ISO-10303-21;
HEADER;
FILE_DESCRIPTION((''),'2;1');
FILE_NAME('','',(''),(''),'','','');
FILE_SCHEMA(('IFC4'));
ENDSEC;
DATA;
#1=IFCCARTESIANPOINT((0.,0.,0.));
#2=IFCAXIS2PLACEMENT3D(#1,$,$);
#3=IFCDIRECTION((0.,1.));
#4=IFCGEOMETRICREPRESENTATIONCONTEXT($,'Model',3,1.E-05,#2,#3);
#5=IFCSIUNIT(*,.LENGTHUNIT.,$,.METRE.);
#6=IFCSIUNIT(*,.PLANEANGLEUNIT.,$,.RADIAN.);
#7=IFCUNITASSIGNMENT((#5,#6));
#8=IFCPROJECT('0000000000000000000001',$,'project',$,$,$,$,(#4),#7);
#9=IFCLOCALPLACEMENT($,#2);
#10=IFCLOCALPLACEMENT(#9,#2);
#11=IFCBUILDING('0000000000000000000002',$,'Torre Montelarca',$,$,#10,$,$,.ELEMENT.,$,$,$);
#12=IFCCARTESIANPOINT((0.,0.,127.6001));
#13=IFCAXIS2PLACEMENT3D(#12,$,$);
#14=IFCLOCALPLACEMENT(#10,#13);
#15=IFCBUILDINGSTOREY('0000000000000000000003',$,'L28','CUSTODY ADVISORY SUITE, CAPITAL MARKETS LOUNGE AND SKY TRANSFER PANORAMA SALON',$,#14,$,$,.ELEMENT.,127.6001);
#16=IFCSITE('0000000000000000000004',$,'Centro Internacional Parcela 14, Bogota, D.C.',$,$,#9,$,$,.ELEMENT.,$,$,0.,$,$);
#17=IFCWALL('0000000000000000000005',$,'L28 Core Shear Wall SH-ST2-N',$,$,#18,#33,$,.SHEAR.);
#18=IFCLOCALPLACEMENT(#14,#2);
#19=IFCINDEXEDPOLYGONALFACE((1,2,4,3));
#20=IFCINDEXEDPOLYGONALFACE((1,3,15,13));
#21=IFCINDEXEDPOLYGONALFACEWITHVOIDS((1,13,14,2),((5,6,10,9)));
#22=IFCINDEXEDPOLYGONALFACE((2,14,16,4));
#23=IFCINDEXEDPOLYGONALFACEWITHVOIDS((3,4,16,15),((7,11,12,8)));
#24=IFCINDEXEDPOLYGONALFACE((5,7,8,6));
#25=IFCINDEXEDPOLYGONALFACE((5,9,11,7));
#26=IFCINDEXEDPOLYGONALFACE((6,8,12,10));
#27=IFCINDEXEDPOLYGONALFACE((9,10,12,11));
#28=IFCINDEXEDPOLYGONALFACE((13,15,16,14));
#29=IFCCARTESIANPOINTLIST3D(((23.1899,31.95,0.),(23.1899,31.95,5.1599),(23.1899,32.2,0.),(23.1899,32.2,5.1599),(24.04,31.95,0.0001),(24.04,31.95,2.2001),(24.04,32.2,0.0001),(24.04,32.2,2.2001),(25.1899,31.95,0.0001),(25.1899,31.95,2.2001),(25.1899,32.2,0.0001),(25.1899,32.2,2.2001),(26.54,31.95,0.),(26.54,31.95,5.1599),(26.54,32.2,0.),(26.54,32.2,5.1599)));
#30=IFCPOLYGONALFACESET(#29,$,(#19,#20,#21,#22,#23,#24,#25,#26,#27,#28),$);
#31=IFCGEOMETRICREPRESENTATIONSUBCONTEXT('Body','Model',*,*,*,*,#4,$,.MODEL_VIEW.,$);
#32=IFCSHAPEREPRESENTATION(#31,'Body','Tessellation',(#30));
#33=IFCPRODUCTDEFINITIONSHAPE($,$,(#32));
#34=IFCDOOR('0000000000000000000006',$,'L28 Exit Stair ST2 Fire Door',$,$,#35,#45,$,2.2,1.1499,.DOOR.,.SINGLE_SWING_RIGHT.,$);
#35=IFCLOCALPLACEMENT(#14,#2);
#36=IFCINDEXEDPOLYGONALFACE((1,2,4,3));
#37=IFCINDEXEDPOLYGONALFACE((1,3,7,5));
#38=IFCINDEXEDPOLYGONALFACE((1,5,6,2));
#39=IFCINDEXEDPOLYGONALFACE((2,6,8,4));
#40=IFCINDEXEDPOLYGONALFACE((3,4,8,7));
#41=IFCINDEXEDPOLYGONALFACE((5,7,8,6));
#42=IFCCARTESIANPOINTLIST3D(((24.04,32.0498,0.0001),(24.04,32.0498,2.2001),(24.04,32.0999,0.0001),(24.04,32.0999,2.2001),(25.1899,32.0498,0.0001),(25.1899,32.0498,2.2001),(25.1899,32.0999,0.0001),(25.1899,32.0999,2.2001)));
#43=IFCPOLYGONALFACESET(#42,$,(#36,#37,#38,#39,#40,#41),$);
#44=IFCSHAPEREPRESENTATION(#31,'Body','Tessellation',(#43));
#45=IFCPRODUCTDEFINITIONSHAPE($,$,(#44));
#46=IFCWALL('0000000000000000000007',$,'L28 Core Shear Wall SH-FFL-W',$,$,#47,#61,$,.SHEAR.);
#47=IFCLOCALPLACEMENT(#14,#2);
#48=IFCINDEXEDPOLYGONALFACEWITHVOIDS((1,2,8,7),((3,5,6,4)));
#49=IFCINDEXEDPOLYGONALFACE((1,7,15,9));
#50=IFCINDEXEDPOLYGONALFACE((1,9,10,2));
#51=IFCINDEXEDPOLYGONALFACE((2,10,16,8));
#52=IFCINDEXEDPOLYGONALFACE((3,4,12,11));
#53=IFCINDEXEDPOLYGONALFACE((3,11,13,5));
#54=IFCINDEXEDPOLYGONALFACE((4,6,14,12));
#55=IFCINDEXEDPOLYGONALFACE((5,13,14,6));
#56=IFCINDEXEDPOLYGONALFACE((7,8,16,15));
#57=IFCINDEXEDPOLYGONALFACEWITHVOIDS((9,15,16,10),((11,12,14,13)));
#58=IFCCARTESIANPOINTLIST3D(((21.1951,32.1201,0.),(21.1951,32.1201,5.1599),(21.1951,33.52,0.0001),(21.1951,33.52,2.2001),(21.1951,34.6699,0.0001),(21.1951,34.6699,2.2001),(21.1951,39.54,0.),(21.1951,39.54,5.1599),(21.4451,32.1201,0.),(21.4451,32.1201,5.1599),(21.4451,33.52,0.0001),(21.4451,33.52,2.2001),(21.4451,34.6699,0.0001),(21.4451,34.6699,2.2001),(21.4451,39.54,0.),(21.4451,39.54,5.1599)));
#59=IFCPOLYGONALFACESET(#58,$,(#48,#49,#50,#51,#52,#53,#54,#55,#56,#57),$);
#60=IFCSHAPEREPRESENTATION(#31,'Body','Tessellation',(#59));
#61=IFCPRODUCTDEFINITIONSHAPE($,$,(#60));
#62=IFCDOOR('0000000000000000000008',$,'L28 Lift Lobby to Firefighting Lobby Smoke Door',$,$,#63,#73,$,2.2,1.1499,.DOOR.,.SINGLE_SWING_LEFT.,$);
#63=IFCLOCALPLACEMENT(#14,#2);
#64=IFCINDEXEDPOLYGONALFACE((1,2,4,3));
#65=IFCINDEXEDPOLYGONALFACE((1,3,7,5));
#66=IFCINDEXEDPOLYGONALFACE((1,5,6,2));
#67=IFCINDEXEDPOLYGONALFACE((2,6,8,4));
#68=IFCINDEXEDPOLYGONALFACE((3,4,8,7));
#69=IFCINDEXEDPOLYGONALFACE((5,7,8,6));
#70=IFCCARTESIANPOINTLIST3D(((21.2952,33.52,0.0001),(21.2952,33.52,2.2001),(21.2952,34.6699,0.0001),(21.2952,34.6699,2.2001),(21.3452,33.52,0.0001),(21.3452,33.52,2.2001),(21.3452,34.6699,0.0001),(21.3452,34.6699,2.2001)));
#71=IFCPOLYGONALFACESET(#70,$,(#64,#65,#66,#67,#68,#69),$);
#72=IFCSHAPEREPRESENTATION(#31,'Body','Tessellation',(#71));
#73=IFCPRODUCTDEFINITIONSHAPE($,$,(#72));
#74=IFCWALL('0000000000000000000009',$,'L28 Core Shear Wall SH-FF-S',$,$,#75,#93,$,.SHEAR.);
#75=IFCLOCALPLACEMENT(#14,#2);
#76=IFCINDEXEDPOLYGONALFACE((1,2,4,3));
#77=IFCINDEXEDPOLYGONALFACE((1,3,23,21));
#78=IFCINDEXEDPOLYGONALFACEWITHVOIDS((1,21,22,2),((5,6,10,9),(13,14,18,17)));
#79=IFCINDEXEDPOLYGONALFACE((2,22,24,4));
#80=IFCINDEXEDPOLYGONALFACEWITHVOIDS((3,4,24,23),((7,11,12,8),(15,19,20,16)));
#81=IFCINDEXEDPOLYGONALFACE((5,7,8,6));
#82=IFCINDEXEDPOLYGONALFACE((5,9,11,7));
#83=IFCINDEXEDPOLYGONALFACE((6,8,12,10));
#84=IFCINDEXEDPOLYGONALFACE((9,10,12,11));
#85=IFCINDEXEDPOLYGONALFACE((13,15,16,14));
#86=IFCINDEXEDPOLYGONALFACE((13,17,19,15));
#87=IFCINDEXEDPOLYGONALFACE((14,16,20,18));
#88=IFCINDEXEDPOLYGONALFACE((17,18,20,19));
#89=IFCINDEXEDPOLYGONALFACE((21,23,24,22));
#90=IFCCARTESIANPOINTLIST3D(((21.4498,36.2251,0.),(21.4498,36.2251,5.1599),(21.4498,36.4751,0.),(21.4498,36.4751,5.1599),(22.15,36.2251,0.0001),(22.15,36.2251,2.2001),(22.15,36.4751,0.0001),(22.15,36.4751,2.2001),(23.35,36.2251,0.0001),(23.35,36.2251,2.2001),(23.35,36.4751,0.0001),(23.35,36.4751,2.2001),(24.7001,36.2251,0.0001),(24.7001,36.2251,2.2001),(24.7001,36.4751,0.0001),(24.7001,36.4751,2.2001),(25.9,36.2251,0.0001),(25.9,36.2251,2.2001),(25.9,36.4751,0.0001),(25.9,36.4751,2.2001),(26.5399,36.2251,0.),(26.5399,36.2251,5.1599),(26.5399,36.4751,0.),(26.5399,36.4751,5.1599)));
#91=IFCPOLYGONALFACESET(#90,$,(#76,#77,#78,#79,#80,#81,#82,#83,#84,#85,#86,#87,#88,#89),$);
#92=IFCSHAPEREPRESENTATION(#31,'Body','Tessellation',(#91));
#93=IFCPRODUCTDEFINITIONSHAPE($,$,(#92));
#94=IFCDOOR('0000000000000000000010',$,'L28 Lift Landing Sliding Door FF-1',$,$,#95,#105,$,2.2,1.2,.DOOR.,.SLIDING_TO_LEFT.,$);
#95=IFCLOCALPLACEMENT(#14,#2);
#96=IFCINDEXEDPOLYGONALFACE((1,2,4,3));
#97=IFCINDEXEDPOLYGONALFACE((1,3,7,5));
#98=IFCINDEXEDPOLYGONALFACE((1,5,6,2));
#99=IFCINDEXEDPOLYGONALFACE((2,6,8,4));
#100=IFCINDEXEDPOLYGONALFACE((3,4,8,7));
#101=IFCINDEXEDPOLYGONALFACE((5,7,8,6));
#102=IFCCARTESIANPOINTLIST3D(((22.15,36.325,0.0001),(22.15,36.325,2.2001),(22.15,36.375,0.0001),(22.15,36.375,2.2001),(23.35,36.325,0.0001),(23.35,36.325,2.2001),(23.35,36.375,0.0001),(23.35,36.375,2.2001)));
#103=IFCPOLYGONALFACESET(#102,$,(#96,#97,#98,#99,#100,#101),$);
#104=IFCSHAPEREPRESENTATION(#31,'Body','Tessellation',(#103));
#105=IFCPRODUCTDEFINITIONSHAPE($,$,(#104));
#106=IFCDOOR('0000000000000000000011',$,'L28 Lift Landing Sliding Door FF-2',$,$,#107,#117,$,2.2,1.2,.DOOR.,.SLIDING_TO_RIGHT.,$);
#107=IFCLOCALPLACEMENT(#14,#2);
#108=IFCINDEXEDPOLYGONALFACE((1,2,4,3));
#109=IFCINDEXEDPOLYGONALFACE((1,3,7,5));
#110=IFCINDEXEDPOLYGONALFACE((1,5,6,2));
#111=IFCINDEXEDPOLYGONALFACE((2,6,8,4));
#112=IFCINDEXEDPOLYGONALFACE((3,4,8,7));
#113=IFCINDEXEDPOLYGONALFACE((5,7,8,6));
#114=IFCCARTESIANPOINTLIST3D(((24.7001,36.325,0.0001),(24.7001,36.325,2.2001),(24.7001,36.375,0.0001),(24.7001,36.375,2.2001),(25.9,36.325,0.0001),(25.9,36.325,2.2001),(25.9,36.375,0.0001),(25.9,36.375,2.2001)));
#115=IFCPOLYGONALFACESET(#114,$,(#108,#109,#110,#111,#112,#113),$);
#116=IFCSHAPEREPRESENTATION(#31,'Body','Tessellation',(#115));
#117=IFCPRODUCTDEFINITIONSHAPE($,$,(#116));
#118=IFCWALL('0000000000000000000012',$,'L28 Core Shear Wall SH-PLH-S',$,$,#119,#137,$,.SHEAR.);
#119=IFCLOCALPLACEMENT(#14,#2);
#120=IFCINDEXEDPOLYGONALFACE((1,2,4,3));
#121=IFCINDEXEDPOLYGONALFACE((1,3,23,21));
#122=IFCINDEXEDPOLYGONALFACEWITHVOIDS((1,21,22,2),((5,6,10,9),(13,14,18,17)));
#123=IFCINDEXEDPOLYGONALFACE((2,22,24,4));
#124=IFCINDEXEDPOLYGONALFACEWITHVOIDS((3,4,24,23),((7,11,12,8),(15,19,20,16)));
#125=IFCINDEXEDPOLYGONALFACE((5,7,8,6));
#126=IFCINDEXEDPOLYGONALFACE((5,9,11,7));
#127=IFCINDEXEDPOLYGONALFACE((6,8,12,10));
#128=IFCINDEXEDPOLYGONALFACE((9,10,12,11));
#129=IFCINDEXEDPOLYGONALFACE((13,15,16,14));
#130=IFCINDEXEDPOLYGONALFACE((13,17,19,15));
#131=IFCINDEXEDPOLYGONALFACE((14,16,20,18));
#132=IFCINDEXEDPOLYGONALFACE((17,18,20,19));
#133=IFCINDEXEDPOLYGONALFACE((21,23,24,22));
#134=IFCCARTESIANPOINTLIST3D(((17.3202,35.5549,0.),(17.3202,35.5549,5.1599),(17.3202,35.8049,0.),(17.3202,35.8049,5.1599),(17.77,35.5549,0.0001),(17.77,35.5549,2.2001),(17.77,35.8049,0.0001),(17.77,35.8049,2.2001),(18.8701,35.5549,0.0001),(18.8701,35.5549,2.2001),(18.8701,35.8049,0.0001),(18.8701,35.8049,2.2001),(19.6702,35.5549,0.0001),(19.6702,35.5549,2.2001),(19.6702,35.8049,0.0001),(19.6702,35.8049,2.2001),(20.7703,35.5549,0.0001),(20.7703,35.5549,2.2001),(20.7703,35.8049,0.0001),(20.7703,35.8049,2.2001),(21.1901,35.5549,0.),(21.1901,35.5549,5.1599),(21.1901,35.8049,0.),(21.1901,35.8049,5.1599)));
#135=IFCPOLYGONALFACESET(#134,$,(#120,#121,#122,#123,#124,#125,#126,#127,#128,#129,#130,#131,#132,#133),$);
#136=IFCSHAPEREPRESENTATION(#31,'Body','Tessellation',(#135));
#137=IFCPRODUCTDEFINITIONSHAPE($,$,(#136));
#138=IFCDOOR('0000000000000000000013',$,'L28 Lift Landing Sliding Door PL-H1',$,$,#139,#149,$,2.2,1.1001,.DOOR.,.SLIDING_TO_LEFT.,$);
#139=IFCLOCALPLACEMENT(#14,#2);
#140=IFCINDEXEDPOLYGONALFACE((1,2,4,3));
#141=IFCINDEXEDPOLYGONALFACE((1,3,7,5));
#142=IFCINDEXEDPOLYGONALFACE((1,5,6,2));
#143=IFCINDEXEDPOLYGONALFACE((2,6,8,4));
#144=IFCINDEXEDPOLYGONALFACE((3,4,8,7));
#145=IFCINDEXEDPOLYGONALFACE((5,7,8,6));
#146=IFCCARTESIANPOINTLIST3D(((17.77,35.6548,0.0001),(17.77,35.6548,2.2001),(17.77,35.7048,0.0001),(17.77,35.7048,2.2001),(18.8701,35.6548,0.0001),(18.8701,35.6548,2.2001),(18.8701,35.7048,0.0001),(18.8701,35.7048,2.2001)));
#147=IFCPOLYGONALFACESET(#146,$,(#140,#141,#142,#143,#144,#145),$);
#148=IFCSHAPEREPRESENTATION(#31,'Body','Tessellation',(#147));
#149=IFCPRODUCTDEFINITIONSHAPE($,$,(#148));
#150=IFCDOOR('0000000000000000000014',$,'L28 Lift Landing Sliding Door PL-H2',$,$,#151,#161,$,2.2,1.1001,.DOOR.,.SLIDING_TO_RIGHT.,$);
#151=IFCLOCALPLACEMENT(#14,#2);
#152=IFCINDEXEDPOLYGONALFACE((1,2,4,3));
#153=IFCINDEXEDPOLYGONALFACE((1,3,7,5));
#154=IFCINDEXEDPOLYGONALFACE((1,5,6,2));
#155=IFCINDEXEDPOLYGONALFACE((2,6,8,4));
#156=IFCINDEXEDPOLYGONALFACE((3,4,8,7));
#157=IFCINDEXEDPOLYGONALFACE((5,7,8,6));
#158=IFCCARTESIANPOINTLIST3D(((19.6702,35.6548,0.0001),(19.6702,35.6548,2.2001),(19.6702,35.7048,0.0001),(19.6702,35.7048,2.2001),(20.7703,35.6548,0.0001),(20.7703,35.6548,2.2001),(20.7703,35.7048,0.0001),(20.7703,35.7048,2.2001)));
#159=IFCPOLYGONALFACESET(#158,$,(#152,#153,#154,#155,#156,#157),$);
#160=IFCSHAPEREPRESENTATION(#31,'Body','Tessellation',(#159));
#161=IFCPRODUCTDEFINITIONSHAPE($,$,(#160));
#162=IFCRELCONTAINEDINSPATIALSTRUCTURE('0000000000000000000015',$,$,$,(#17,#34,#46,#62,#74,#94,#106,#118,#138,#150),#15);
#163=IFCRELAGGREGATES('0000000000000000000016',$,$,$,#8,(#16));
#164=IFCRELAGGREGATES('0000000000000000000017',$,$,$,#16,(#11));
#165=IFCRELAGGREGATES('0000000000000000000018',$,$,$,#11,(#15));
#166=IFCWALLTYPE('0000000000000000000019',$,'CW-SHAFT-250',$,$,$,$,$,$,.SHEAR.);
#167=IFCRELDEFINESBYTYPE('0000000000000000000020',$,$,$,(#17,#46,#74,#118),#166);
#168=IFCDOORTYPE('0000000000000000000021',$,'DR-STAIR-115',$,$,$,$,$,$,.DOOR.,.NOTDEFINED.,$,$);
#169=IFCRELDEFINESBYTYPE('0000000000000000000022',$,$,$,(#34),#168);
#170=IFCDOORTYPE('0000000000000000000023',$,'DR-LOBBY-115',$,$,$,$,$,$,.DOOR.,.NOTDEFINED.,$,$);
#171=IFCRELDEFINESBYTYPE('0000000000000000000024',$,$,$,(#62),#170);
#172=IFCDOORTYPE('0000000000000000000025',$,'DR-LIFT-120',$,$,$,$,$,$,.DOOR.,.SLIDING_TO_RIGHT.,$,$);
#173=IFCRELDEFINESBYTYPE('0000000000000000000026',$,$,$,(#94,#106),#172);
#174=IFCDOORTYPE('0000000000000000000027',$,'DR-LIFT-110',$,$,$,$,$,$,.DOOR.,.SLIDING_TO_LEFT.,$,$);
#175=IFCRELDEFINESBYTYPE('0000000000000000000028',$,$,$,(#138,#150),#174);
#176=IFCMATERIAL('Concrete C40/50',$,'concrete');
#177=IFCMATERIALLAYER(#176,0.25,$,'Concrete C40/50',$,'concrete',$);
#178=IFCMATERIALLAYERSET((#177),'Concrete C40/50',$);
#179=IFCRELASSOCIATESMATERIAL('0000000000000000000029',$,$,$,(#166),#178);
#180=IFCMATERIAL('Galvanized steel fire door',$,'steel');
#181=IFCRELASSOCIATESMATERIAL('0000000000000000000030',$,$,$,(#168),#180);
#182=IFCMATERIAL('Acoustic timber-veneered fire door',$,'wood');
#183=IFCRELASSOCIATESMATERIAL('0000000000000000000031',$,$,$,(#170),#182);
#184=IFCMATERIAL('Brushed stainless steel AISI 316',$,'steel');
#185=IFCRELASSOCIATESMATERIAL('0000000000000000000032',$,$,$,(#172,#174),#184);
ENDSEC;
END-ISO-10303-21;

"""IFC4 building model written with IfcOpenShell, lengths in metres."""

from ifc_helpers import new_model, si_unit, direction, frame, frame_2d, origin, place, context, subcontext, project, spatial, rectangle, extrude, source, transform, mapped, material, layer, layer_set, type_object, element, fill, save


model = new_model("IFC4")

# Units and contexts
model_context = context("Model", 3, precision=1e-05, world=origin(), true_north=direction((0.0, 1.0)))
body_context = subcontext(model_context, "Body", "Model", "MODEL_VIEW")
ifc_project = project(units=[si_unit("LENGTHUNIT", "METRE"), si_unit("PLANEANGLEUNIT", "RADIAN")], contexts=[model_context])

# Site, building, storey
site_placement = place(None, origin())
site = spatial("IfcSite", under=ifc_project, at=site_placement, Name="Centro Internacional Parcela 14, Bogota, D.C.", CompositionType="ELEMENT", RefElevation=0.0)
building_placement = place(site_placement, origin())
building = spatial("IfcBuilding", under=site, at=building_placement, Name="Torre Montelarca", CompositionType="ELEMENT")
storey_placement = place(building_placement, frame((0.0, 0.0, 127.6001)))
storey = spatial("IfcBuildingStorey", under=building, at=storey_placement, Name="L28", Description="CUSTODY ADVISORY SUITE, CAPITAL MARKETS LOUNGE AND SKY TRANSFER PANORAMA SALON", CompositionType="ELEMENT", Elevation=127.6001)

# Walls, openings, doors
ifc_material_1 = material(Name="Concrete C40/50", Category="concrete")
ifc_layer_1 = layer(ifc_material_1, 0.25, Name="Concrete C40/50", Category="concrete")
ifc_layer_set_1 = layer_set([ifc_layer_1], Name="Concrete C40/50")
wall_type_1 = type_object("IfcWallType", Name="CW-SHAFT-250", PredefinedType="SHEAR", material=ifc_layer_set_1)
wall_1_placement = place(storey_placement, frame((23.1899, 32.075, 0.0), z_axis=(0.0, 0.0, 1.0), x_axis=(1.0, 0.0, 0.0)))
wall_1 = element("IfcWall", 1, at=wall_1_placement, inside=storey, type_object=wall_type_1, Name="L28 Core Shear Wall SH-ST2-N", PredefinedType="SHEAR", context=body_context, shape_type="SweptSolid", body=[
    extrude(rectangle(XDim=3.3501, YDim=0.25, at=frame_2d((1.675, 0.0))), origin(), (0.0, 0.0, 1.0), 5.1599),
])
opening_1_placement = place(wall_1_placement, frame((0.8501, 0.0, 0.0)))
opening_1 = element("IfcOpeningElement", 2, at=opening_1_placement, cuts=wall_1, PredefinedType="OPENING", context=body_context, shape_type="SweptSolid", body=[
    extrude(rectangle(XDim=1.1499, YDim=2.2, at=frame_2d((0.575, 1.1001))), frame((0.0, 0.135, 0.0), z_axis=(0.0, -1.0, 0.0), x_axis=(1.0, 0.0, 0.0)), (0.0, 0.0, 1.0), 0.27),
])
ifc_material_2 = material(Name="Galvanized steel fire door", Category="steel")
door_type_1 = type_object("IfcDoorType", Name="DR-STAIR-115", OperationType="NOTDEFINED", PredefinedType="DOOR", material=ifc_material_2)
shared_shape_1 = source(origin(), body_context, "Body", "SweptSolid", [
    extrude(rectangle(XDim=1.1499, YDim=2.2, at=frame_2d((0.575, 1.1001))), frame((0.0, 0.0249, 0.0), z_axis=(0.0, -1.0, 0.0), x_axis=(1.0, 0.0, 0.0)), (0.0, 0.0, 1.0), 0.05),
])
door_1_placement = place(opening_1_placement, origin())
door_1 = element("IfcDoor", 3, at=door_1_placement, inside=storey, type_object=door_type_1, Name="L28 Exit Stair ST2 Fire Door", OperationType="SINGLE_SWING_RIGHT", OverallHeight=2.2, OverallWidth=1.1499, PredefinedType="DOOR", context=body_context, shape_type="MappedRepresentation", body=[
    mapped(shared_shape_1, transform((0.0, 0.0, 0.0), scale=1.0)),
])
fill(opening_1, door_1)
wall_2_placement = place(storey_placement, frame((21.3201, 32.1201, 0.0), z_axis=(0.0, 0.0, 1.0), x_axis=(0.0, 1.0, 0.0)))
wall_2 = element("IfcWall", 4, at=wall_2_placement, inside=storey, type_object=wall_type_1, Name="L28 Core Shear Wall SH-FFL-W", PredefinedType="SHEAR", context=body_context, shape_type="SweptSolid", body=[
    extrude(rectangle(XDim=7.4199, YDim=0.25, at=frame_2d((3.71, 0.0))), origin(), (0.0, 0.0, 1.0), 5.1599),
])
opening_2_placement = place(wall_2_placement, frame((1.3999, 0.0, 0.0)))
opening_2 = element("IfcOpeningElement", 5, at=opening_2_placement, cuts=wall_2, PredefinedType="OPENING", context=body_context, shape_type="SweptSolid", body=[
    extrude(rectangle(XDim=1.1499, YDim=2.2, at=frame_2d((0.575, 1.1001))), frame((0.0, 0.135, 0.0), z_axis=(0.0, -1.0, 0.0), x_axis=(1.0, 0.0, 0.0)), (0.0, 0.0, 1.0), 0.27),
])
ifc_material_3 = material(Name="Acoustic timber-veneered fire door", Category="wood")
door_type_2 = type_object("IfcDoorType", Name="DR-LOBBY-115", OperationType="NOTDEFINED", PredefinedType="DOOR", material=ifc_material_3)
shared_shape_2 = source(origin(), body_context, "Body", "SweptSolid", [
    extrude(rectangle(XDim=1.1499, YDim=2.2, at=frame_2d((0.575, 1.1001))), frame((0.0, 0.0249, 0.0), z_axis=(0.0, -1.0, 0.0), x_axis=(1.0, 0.0, 0.0)), (0.0, 0.0, 1.0), 0.05),
])
door_2_placement = place(opening_2_placement, origin())
door_2 = element("IfcDoor", 6, at=door_2_placement, inside=storey, type_object=door_type_2, Name="L28 Lift Lobby to Firefighting Lobby Smoke Door", OperationType="SINGLE_SWING_LEFT", OverallHeight=2.2, OverallWidth=1.1499, PredefinedType="DOOR", context=body_context, shape_type="MappedRepresentation", body=[
    mapped(shared_shape_2, transform((0.0, 0.0, 0.0), scale=1.0)),
])
fill(opening_2, door_2)

# Walls, openings, doors
wall_3_placement = place(storey_placement, frame((21.45, 36.3501, 0.0), z_axis=(0.0, 0.0, 1.0), x_axis=(1.0, 0.0, 0.0)))
wall_3 = element("IfcWall", 7, at=wall_3_placement, inside=storey, type_object=wall_type_1, Name="L28 Core Shear Wall SH-FF-S", PredefinedType="SHEAR", context=body_context, shape_type="SweptSolid", body=[
    extrude(rectangle(XDim=5.0901, YDim=0.25, at=frame_2d((2.5449, 0.0))), origin(), (0.0, 0.0, 1.0), 5.1599),
])
opening_3_placement = place(wall_3_placement, frame((0.7, 0.0, 0.0)))
opening_3 = element("IfcOpeningElement", 8, at=opening_3_placement, cuts=wall_3, PredefinedType="OPENING", context=body_context, shape_type="SweptSolid", body=[
    extrude(rectangle(XDim=1.2, YDim=2.2, at=frame_2d((0.6001, 1.1001))), frame((0.0, 0.135, 0.0), z_axis=(0.0, -1.0, 0.0), x_axis=(1.0, 0.0, 0.0)), (0.0, 0.0, 1.0), 0.27),
])
opening_4_placement = place(wall_3_placement, frame((3.25, 0.0, 0.0)))
opening_4 = element("IfcOpeningElement", 9, at=opening_4_placement, cuts=wall_3, PredefinedType="OPENING", context=body_context, shape_type="SweptSolid", body=[
    extrude(rectangle(XDim=1.2, YDim=2.2, at=frame_2d((0.6001, 1.1001))), frame((0.0, 0.135, 0.0), z_axis=(0.0, -1.0, 0.0), x_axis=(1.0, 0.0, 0.0)), (0.0, 0.0, 1.0), 0.27),
])
ifc_material_4 = material(Name="Brushed stainless steel AISI 316", Category="steel")
door_type_3 = type_object("IfcDoorType", Name="DR-LIFT-120", OperationType="SLIDING_TO_RIGHT", PredefinedType="DOOR", material=ifc_material_4)
shared_shape_3 = source(origin(), body_context, "Body", "SweptSolid", [
    extrude(rectangle(XDim=1.2, YDim=2.2, at=frame_2d((0.6001, 1.1001))), frame((0.0, 0.0249, 0.0), z_axis=(0.0, -1.0, 0.0), x_axis=(1.0, 0.0, 0.0)), (0.0, 0.0, 1.0), 0.05),
])
door_3_placement = place(opening_3_placement, origin())
door_3 = element("IfcDoor", 10, at=door_3_placement, inside=storey, type_object=door_type_3, Name="L28 Lift Landing Sliding Door FF-1", OperationType="SLIDING_TO_LEFT", OverallHeight=2.2, OverallWidth=1.2, PredefinedType="DOOR", context=body_context, shape_type="MappedRepresentation", body=[
    mapped(shared_shape_3, transform((0.0, 0.0, 0.0), scale=1.0)),
])
fill(opening_3, door_3)
door_4_placement = place(opening_4_placement, origin())
door_4 = element("IfcDoor", 11, at=door_4_placement, inside=storey, type_object=door_type_3, Name="L28 Lift Landing Sliding Door FF-2", OperationType="SLIDING_TO_RIGHT", OverallHeight=2.2, OverallWidth=1.2, PredefinedType="DOOR", context=body_context, shape_type="MappedRepresentation", body=[
    mapped(shared_shape_3, transform((0.0, 0.0, 0.0), scale=1.0)),
])
fill(opening_4, door_4)
wall_4_placement = place(storey_placement, frame((17.3201, 35.6799, 0.0), z_axis=(0.0, 0.0, 1.0), x_axis=(1.0, 0.0, 0.0)))
wall_4 = element("IfcWall", 12, at=wall_4_placement, inside=storey, type_object=wall_type_1, Name="L28 Core Shear Wall SH-PLH-S", PredefinedType="SHEAR", context=body_context, shape_type="SweptSolid", body=[
    extrude(rectangle(XDim=3.8699, YDim=0.25, at=frame_2d((1.9351, 0.0))), origin(), (0.0, 0.0, 1.0), 5.1599),
])
opening_5_placement = place(wall_4_placement, frame((0.45, 0.0, 0.0)))
opening_5 = element("IfcOpeningElement", 13, at=opening_5_placement, cuts=wall_4, PredefinedType="OPENING", context=body_context, shape_type="SweptSolid", body=[
    extrude(rectangle(XDim=1.1001, YDim=2.2, at=frame_2d((0.55, 1.1001))), frame((0.0, 0.135, 0.0), z_axis=(0.0, -1.0, 0.0), x_axis=(1.0, 0.0, 0.0)), (0.0, 0.0, 1.0), 0.27),
])
opening_6_placement = place(wall_4_placement, frame((2.3501, 0.0, 0.0)))
opening_6 = element("IfcOpeningElement", 14, at=opening_6_placement, cuts=wall_4, PredefinedType="OPENING", context=body_context, shape_type="SweptSolid", body=[
    extrude(rectangle(XDim=1.1001, YDim=2.2, at=frame_2d((0.55, 1.1001))), frame((0.0, 0.135, 0.0), z_axis=(0.0, -1.0, 0.0), x_axis=(1.0, 0.0, 0.0)), (0.0, 0.0, 1.0), 0.27),
])
door_type_4 = type_object("IfcDoorType", Name="DR-LIFT-110", OperationType="SLIDING_TO_LEFT", PredefinedType="DOOR", material=ifc_material_4)
shared_shape_4 = source(origin(), body_context, "Body", "SweptSolid", [
    extrude(rectangle(XDim=1.1001, YDim=2.2, at=frame_2d((0.55, 1.1001))), frame((0.0, 0.0249, 0.0), z_axis=(0.0, -1.0, 0.0), x_axis=(1.0, 0.0, 0.0)), (0.0, 0.0, 1.0), 0.05),
])
door_5_placement = place(opening_5_placement, origin())
door_5 = element("IfcDoor", 15, at=door_5_placement, inside=storey, type_object=door_type_4, Name="L28 Lift Landing Sliding Door PL-H1", OperationType="SLIDING_TO_LEFT", OverallHeight=2.2, OverallWidth=1.1001, PredefinedType="DOOR", context=body_context, shape_type="MappedRepresentation", body=[
    mapped(shared_shape_4, transform((0.0, 0.0, 0.0), scale=1.0)),
])
fill(opening_5, door_5)
door_6_placement = place(opening_6_placement, origin())
door_6 = element("IfcDoor", 16, at=door_6_placement, inside=storey, type_object=door_type_4, Name="L28 Lift Landing Sliding Door PL-H2", OperationType="SLIDING_TO_RIGHT", OverallHeight=2.2, OverallWidth=1.1001, PredefinedType="DOOR", context=body_context, shape_type="MappedRepresentation", body=[
    mapped(shared_shape_4, transform((0.0, 0.0, 0.0), scale=1.0)),
])
fill(opening_6, door_6)

save(model, "model.ifc")
